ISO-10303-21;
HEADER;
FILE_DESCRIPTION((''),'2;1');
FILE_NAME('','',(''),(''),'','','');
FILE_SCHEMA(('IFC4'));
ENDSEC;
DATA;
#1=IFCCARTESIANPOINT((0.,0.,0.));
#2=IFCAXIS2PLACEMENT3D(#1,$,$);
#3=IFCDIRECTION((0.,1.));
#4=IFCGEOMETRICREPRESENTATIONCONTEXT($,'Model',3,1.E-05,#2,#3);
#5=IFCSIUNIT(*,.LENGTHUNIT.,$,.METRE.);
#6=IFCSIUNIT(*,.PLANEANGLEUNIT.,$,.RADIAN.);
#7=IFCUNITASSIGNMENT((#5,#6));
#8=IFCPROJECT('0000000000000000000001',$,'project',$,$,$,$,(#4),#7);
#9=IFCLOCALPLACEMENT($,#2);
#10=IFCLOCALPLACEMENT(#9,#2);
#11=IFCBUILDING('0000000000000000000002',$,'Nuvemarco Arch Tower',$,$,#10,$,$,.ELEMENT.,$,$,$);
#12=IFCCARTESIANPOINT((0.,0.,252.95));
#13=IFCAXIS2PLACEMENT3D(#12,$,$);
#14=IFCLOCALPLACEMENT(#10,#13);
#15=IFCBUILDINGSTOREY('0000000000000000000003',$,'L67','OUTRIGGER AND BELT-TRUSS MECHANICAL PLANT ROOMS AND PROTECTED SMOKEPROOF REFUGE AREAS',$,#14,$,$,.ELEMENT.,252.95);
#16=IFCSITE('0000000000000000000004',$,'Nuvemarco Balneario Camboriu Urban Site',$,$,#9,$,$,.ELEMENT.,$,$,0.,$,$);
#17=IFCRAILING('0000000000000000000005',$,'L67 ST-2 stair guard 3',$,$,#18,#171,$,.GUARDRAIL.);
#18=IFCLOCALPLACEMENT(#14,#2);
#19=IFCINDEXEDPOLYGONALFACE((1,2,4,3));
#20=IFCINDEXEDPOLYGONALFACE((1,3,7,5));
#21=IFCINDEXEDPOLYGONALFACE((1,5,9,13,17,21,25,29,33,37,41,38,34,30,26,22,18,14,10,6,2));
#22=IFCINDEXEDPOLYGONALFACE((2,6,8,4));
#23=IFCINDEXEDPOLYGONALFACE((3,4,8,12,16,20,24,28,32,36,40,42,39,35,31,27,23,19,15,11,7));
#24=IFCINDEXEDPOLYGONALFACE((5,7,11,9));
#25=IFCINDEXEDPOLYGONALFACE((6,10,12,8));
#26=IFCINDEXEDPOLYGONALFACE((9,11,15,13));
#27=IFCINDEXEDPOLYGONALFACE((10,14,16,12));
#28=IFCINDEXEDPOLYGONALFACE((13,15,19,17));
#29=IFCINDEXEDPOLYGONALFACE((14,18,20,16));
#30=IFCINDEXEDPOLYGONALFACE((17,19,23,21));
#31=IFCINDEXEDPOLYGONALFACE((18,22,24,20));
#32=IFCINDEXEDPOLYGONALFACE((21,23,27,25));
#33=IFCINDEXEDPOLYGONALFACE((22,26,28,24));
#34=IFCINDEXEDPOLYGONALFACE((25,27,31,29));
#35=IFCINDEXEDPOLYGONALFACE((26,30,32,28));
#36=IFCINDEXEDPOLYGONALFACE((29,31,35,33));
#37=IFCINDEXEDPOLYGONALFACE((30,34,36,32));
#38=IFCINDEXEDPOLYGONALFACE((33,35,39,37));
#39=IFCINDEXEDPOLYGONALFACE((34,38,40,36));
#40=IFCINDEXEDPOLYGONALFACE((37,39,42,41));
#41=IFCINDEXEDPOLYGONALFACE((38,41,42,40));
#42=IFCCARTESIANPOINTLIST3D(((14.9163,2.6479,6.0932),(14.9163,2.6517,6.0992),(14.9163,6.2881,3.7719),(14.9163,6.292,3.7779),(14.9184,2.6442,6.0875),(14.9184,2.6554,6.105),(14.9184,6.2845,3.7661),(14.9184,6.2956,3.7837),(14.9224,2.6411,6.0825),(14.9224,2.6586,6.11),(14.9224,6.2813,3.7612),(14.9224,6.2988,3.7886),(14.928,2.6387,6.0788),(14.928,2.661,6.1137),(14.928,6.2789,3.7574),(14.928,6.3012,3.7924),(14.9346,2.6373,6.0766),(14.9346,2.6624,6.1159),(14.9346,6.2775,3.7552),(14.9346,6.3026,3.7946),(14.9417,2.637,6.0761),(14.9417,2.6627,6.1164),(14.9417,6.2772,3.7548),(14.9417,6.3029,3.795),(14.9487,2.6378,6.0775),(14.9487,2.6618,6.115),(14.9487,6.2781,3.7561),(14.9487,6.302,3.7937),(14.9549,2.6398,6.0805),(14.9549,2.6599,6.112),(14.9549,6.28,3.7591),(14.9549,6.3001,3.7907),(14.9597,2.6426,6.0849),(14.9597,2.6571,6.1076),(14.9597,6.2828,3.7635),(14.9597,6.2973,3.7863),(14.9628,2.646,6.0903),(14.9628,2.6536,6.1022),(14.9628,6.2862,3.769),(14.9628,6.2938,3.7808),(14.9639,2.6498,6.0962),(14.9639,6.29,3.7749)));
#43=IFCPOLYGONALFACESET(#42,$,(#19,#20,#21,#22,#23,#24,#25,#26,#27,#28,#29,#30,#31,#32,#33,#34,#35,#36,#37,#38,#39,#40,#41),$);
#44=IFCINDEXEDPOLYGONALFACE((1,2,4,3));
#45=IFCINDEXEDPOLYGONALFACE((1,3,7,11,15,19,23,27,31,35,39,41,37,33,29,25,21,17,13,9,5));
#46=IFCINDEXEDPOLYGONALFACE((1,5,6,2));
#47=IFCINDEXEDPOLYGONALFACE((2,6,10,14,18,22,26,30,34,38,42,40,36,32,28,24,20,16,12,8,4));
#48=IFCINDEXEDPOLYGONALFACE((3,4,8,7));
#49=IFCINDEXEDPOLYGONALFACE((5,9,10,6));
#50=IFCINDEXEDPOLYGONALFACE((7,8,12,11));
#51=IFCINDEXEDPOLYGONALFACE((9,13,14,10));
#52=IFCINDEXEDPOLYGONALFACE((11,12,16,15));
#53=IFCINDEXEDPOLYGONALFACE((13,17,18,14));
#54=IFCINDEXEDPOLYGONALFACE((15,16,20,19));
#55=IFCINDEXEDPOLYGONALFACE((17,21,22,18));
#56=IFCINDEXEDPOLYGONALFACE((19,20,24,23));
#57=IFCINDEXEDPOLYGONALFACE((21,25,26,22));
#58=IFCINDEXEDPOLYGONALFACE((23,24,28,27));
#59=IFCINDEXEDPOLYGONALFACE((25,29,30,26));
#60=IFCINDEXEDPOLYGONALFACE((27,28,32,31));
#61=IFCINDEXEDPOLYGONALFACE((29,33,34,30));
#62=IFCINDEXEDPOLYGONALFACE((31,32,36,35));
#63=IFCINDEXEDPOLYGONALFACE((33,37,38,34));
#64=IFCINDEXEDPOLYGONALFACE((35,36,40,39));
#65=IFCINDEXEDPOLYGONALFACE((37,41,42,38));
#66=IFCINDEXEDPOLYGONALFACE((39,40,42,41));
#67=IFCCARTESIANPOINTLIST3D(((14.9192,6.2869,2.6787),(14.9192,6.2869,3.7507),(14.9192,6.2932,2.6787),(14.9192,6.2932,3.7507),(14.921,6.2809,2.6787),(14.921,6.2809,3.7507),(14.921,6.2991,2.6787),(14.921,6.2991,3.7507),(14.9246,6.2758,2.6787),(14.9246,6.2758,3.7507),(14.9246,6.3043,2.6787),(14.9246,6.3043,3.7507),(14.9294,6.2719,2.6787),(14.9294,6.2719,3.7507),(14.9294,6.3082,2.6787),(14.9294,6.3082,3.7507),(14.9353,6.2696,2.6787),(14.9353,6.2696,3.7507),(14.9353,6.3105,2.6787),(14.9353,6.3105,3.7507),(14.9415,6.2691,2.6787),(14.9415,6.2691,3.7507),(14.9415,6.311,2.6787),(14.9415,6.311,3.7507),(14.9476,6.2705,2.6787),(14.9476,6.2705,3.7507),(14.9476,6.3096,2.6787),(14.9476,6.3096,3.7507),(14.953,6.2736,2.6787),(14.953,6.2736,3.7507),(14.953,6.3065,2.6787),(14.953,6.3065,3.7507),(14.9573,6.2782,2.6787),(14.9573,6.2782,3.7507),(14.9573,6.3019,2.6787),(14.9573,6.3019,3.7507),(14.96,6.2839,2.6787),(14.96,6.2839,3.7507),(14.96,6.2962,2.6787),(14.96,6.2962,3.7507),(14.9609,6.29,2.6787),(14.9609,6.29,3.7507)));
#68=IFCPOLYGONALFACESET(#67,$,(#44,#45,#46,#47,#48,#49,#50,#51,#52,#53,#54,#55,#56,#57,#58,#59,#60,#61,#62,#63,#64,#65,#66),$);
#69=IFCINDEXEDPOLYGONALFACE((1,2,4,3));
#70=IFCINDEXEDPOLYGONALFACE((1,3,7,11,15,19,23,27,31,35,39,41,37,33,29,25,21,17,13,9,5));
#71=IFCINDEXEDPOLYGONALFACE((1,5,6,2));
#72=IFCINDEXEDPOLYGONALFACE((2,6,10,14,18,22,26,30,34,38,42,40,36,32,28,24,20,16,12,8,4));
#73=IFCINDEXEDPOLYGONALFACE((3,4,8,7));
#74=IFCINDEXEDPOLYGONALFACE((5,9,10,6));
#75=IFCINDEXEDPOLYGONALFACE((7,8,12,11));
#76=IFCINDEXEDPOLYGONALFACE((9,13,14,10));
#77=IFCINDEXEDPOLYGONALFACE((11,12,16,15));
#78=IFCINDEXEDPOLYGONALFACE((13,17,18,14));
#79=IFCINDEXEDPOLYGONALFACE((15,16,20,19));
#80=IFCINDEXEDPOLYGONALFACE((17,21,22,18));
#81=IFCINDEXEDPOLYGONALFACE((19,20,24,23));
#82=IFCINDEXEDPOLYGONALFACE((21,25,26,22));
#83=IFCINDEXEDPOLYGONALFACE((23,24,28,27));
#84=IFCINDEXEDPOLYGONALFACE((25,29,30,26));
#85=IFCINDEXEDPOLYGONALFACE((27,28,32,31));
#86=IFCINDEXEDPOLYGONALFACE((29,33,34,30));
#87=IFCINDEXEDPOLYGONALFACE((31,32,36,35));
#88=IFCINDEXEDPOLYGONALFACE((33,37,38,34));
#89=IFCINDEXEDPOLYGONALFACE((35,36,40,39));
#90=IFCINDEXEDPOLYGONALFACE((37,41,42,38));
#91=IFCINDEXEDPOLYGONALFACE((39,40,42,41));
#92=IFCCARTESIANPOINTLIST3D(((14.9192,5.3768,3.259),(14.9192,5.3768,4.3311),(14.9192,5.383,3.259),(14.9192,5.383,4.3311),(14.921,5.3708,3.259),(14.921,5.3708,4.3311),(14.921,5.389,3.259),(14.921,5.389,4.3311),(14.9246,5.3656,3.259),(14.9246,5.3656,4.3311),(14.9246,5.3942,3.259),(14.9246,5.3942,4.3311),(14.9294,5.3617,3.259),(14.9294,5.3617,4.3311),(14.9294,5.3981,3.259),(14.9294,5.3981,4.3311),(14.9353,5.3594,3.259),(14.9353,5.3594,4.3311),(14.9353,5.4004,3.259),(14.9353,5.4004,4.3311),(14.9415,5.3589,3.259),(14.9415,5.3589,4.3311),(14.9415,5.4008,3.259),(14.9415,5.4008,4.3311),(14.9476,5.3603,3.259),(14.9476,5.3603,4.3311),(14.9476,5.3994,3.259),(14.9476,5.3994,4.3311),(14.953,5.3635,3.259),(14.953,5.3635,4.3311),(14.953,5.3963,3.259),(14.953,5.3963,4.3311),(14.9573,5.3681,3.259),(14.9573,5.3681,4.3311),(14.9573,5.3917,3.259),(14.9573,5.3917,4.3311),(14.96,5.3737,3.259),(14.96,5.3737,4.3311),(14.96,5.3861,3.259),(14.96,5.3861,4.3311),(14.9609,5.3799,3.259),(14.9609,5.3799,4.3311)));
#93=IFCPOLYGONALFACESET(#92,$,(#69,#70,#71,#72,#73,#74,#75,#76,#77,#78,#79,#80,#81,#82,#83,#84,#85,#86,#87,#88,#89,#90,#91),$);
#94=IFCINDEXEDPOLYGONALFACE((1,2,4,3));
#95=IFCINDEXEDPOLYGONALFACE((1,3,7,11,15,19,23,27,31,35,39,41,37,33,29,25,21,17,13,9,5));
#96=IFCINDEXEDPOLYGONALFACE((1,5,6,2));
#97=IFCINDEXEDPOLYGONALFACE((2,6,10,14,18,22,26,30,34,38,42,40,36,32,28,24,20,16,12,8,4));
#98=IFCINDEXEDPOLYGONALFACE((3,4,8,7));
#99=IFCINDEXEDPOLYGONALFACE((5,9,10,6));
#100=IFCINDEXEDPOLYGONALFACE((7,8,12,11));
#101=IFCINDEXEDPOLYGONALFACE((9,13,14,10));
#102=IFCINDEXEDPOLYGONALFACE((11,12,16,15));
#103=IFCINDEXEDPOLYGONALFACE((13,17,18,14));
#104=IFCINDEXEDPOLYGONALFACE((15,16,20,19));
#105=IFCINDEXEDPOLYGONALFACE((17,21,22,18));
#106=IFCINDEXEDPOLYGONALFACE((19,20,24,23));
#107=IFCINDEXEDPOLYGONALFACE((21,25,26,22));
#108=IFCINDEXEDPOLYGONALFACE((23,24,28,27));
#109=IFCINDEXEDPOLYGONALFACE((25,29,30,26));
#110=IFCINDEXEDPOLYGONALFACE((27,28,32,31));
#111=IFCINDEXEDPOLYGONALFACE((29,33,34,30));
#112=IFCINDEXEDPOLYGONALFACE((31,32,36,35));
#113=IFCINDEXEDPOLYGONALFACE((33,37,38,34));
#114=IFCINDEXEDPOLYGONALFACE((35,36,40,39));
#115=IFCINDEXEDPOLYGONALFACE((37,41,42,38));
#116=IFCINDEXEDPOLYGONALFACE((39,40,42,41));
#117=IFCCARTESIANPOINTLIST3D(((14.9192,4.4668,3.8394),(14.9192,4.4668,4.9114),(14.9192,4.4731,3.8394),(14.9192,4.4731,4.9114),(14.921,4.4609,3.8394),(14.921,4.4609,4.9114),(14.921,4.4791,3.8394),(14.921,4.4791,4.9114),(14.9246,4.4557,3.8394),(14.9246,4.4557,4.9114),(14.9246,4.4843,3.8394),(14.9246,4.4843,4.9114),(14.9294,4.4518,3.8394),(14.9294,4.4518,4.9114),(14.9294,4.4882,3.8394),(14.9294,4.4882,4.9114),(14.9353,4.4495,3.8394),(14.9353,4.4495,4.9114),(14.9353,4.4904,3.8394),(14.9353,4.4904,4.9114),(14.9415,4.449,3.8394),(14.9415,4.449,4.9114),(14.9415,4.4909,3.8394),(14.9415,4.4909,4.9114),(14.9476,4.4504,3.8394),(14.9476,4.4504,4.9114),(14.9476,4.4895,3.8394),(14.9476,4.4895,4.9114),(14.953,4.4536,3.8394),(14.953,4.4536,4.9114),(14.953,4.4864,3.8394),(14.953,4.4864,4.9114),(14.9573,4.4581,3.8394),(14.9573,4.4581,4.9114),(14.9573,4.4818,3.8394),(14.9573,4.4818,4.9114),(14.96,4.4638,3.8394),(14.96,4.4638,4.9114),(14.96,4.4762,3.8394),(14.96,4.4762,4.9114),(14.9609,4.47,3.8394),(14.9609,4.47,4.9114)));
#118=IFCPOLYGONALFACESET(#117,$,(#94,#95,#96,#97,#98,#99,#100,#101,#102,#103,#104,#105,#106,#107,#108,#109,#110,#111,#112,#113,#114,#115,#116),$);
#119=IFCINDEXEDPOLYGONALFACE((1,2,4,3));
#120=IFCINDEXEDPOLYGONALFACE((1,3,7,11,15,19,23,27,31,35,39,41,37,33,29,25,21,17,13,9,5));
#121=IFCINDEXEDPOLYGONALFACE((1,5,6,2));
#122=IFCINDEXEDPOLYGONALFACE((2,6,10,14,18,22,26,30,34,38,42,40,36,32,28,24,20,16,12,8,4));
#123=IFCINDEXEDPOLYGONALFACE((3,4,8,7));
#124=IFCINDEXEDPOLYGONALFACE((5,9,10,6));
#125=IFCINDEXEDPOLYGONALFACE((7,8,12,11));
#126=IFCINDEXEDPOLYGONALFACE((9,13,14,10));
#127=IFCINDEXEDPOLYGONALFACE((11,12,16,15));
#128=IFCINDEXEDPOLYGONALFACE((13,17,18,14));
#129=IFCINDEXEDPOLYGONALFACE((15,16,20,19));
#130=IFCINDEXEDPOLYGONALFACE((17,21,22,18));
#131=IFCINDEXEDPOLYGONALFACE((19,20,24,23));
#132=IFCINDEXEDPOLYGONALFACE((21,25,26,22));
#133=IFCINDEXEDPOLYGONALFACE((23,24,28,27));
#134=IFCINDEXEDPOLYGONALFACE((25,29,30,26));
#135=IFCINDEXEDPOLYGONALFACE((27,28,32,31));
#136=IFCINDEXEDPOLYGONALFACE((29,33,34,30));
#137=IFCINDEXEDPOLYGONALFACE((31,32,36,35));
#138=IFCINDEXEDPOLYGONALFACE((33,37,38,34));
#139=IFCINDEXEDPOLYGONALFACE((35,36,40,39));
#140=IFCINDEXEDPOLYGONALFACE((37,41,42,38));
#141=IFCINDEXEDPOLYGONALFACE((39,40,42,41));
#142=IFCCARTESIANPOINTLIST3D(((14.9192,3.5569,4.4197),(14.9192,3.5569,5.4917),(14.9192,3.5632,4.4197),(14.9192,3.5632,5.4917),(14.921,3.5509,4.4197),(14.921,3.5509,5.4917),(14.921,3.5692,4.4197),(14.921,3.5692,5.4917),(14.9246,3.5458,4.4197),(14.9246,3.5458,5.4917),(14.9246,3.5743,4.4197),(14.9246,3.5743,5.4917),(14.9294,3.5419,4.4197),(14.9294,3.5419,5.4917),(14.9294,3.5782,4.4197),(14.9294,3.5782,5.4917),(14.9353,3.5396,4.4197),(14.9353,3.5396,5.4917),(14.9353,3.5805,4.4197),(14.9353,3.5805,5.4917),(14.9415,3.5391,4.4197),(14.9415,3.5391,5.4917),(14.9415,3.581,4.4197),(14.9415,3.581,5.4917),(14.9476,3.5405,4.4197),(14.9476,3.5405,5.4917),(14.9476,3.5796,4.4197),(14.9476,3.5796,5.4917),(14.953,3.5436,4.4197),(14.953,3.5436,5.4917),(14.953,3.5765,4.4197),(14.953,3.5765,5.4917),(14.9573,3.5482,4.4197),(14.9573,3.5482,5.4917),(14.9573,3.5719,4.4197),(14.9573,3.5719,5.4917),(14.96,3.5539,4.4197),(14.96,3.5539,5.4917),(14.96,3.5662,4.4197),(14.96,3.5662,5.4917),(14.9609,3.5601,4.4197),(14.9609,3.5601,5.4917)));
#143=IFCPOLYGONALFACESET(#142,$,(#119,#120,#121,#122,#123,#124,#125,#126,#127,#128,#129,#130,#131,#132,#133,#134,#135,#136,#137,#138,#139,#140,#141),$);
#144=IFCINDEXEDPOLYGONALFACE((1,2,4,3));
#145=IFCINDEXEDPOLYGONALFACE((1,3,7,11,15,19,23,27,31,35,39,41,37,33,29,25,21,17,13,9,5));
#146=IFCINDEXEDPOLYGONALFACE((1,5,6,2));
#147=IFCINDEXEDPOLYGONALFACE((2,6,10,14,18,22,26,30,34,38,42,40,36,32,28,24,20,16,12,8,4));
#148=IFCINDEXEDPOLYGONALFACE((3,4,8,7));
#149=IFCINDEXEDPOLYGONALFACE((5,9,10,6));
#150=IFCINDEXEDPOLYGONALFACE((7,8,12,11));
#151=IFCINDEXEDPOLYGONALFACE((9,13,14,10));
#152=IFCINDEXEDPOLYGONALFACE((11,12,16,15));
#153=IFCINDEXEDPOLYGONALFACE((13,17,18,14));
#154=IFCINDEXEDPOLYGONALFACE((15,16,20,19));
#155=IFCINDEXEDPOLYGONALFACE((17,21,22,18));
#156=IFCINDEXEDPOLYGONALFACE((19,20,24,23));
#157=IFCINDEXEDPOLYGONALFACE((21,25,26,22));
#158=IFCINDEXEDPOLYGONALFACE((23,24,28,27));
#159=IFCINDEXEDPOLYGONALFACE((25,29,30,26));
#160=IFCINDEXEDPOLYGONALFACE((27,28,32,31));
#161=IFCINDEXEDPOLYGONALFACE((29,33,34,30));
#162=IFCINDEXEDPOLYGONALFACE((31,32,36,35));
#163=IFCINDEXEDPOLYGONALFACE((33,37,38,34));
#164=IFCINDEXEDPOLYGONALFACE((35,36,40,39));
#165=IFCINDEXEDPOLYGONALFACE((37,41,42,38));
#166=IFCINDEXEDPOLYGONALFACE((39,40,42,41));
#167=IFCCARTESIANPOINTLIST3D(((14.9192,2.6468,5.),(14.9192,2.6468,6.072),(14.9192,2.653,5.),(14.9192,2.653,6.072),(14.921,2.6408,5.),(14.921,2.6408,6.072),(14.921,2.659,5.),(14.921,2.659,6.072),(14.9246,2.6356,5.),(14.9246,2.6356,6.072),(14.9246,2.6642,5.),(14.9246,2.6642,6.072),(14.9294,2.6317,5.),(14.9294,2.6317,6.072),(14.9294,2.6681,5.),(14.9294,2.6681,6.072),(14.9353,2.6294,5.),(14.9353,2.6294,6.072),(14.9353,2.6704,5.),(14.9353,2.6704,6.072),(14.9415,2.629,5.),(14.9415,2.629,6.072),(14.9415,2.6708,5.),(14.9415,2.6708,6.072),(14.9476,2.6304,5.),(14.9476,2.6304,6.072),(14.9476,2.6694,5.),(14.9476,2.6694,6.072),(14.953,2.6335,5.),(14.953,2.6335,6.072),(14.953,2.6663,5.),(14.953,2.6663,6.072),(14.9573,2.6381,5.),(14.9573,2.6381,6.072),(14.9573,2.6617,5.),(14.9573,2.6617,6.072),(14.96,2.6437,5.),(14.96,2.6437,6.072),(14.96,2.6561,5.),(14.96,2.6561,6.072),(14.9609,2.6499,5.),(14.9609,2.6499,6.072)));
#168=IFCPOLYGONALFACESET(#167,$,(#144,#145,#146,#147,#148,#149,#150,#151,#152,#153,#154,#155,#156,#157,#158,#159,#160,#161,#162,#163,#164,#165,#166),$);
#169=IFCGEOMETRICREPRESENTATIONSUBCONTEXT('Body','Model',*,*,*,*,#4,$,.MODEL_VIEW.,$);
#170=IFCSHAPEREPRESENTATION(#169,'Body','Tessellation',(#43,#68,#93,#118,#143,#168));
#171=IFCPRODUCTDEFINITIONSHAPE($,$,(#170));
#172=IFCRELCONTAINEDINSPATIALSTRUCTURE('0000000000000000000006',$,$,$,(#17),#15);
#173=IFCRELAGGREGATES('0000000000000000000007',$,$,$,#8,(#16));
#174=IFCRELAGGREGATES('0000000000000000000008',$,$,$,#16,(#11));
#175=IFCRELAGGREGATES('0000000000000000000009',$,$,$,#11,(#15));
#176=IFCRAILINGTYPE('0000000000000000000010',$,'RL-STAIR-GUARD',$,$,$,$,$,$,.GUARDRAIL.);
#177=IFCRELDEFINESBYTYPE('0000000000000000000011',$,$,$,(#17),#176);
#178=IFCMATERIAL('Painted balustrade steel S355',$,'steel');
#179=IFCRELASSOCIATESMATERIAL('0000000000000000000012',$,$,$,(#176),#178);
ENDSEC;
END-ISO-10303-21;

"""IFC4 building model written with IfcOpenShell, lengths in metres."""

from ifc_helpers import new_model, si_unit, direction, frame, origin, origin_2d, place, context, subcontext, project, spatial, circle, extrude, material, type_object, element, save


model = new_model("IFC4")

# Units and contexts
model_context = context("Model", 3, precision=1e-05, world=origin(), true_north=direction((0.0, 1.0)))
body_context = subcontext(model_context, "Body", "Model", "MODEL_VIEW")
ifc_project = project(units=[si_unit("LENGTHUNIT", "METRE"), si_unit("PLANEANGLEUNIT", "RADIAN")], contexts=[model_context])

# Site, building, storey
site_placement = place(None, origin())
site = spatial("IfcSite", under=ifc_project, at=site_placement, Name="Nuvemarco Balneario Camboriu Urban Site", CompositionType="ELEMENT", RefElevation=0.0)
building_placement = place(site_placement, origin())
building = spatial("IfcBuilding", under=site, at=building_placement, Name="Nuvemarco Arch Tower", CompositionType="ELEMENT")
storey_placement = place(building_placement, frame((0.0, 0.0, 252.95)))
storey = spatial("IfcBuildingStorey", under=building, at=storey_placement, Name="L67", Description="OUTRIGGER AND BELT-TRUSS MECHANICAL PLANT ROOMS AND PROTECTED SMOKEPROOF REFUGE AREAS", CompositionType="ELEMENT", Elevation=252.95)

# Railing
ifc_material_1 = material(Name="Painted balustrade steel S355", Category="steel")
railing_type_1 = type_object("IfcRailingType", Name="RL-STAIR-GUARD", PredefinedType="GUARDRAIL", material=ifc_material_1)
railing_1_placement = place(storey_placement, frame((14.9399, 6.29, 2.6787)))
element("IfcRailing", 1, at=railing_1_placement, inside=storey, type_object=railing_type_1, Name="L67 ST-2 stair guard 3", PredefinedType="GUARDRAIL", context=body_context, shape_type="SweptSolid", body=[
    extrude(circle(Radius=0.0239, at=origin_2d()), frame((0.0, 0.0, 1.0962), z_axis=(0.0, -0.843153, 0.537673), x_axis=(1.0, 0.0, 0.0)), (0.0, 0.0, 1.0), 4.3174),
    extrude(circle(Radius=0.021, at=origin_2d()), origin(), (0.0, 0.0, 1.0), 1.072),
    extrude(circle(Radius=0.021, at=origin_2d()), frame((0.0, -0.9102, 0.5803)), (0.0, 0.0, 1.0), 1.072),
    extrude(circle(Radius=0.021, at=origin_2d()), frame((0.0, -1.8201, 1.1606)), (0.0, 0.0, 1.0), 1.072),
    extrude(circle(Radius=0.021, at=origin_2d()), frame((0.0, -2.73, 1.741)), (0.0, 0.0, 1.0), 1.072),
    extrude(circle(Radius=0.021, at=origin_2d()), frame((0.0, -3.6401, 2.3213)), (0.0, 0.0, 1.0), 1.072),
])

save(model, "model.ifc")
